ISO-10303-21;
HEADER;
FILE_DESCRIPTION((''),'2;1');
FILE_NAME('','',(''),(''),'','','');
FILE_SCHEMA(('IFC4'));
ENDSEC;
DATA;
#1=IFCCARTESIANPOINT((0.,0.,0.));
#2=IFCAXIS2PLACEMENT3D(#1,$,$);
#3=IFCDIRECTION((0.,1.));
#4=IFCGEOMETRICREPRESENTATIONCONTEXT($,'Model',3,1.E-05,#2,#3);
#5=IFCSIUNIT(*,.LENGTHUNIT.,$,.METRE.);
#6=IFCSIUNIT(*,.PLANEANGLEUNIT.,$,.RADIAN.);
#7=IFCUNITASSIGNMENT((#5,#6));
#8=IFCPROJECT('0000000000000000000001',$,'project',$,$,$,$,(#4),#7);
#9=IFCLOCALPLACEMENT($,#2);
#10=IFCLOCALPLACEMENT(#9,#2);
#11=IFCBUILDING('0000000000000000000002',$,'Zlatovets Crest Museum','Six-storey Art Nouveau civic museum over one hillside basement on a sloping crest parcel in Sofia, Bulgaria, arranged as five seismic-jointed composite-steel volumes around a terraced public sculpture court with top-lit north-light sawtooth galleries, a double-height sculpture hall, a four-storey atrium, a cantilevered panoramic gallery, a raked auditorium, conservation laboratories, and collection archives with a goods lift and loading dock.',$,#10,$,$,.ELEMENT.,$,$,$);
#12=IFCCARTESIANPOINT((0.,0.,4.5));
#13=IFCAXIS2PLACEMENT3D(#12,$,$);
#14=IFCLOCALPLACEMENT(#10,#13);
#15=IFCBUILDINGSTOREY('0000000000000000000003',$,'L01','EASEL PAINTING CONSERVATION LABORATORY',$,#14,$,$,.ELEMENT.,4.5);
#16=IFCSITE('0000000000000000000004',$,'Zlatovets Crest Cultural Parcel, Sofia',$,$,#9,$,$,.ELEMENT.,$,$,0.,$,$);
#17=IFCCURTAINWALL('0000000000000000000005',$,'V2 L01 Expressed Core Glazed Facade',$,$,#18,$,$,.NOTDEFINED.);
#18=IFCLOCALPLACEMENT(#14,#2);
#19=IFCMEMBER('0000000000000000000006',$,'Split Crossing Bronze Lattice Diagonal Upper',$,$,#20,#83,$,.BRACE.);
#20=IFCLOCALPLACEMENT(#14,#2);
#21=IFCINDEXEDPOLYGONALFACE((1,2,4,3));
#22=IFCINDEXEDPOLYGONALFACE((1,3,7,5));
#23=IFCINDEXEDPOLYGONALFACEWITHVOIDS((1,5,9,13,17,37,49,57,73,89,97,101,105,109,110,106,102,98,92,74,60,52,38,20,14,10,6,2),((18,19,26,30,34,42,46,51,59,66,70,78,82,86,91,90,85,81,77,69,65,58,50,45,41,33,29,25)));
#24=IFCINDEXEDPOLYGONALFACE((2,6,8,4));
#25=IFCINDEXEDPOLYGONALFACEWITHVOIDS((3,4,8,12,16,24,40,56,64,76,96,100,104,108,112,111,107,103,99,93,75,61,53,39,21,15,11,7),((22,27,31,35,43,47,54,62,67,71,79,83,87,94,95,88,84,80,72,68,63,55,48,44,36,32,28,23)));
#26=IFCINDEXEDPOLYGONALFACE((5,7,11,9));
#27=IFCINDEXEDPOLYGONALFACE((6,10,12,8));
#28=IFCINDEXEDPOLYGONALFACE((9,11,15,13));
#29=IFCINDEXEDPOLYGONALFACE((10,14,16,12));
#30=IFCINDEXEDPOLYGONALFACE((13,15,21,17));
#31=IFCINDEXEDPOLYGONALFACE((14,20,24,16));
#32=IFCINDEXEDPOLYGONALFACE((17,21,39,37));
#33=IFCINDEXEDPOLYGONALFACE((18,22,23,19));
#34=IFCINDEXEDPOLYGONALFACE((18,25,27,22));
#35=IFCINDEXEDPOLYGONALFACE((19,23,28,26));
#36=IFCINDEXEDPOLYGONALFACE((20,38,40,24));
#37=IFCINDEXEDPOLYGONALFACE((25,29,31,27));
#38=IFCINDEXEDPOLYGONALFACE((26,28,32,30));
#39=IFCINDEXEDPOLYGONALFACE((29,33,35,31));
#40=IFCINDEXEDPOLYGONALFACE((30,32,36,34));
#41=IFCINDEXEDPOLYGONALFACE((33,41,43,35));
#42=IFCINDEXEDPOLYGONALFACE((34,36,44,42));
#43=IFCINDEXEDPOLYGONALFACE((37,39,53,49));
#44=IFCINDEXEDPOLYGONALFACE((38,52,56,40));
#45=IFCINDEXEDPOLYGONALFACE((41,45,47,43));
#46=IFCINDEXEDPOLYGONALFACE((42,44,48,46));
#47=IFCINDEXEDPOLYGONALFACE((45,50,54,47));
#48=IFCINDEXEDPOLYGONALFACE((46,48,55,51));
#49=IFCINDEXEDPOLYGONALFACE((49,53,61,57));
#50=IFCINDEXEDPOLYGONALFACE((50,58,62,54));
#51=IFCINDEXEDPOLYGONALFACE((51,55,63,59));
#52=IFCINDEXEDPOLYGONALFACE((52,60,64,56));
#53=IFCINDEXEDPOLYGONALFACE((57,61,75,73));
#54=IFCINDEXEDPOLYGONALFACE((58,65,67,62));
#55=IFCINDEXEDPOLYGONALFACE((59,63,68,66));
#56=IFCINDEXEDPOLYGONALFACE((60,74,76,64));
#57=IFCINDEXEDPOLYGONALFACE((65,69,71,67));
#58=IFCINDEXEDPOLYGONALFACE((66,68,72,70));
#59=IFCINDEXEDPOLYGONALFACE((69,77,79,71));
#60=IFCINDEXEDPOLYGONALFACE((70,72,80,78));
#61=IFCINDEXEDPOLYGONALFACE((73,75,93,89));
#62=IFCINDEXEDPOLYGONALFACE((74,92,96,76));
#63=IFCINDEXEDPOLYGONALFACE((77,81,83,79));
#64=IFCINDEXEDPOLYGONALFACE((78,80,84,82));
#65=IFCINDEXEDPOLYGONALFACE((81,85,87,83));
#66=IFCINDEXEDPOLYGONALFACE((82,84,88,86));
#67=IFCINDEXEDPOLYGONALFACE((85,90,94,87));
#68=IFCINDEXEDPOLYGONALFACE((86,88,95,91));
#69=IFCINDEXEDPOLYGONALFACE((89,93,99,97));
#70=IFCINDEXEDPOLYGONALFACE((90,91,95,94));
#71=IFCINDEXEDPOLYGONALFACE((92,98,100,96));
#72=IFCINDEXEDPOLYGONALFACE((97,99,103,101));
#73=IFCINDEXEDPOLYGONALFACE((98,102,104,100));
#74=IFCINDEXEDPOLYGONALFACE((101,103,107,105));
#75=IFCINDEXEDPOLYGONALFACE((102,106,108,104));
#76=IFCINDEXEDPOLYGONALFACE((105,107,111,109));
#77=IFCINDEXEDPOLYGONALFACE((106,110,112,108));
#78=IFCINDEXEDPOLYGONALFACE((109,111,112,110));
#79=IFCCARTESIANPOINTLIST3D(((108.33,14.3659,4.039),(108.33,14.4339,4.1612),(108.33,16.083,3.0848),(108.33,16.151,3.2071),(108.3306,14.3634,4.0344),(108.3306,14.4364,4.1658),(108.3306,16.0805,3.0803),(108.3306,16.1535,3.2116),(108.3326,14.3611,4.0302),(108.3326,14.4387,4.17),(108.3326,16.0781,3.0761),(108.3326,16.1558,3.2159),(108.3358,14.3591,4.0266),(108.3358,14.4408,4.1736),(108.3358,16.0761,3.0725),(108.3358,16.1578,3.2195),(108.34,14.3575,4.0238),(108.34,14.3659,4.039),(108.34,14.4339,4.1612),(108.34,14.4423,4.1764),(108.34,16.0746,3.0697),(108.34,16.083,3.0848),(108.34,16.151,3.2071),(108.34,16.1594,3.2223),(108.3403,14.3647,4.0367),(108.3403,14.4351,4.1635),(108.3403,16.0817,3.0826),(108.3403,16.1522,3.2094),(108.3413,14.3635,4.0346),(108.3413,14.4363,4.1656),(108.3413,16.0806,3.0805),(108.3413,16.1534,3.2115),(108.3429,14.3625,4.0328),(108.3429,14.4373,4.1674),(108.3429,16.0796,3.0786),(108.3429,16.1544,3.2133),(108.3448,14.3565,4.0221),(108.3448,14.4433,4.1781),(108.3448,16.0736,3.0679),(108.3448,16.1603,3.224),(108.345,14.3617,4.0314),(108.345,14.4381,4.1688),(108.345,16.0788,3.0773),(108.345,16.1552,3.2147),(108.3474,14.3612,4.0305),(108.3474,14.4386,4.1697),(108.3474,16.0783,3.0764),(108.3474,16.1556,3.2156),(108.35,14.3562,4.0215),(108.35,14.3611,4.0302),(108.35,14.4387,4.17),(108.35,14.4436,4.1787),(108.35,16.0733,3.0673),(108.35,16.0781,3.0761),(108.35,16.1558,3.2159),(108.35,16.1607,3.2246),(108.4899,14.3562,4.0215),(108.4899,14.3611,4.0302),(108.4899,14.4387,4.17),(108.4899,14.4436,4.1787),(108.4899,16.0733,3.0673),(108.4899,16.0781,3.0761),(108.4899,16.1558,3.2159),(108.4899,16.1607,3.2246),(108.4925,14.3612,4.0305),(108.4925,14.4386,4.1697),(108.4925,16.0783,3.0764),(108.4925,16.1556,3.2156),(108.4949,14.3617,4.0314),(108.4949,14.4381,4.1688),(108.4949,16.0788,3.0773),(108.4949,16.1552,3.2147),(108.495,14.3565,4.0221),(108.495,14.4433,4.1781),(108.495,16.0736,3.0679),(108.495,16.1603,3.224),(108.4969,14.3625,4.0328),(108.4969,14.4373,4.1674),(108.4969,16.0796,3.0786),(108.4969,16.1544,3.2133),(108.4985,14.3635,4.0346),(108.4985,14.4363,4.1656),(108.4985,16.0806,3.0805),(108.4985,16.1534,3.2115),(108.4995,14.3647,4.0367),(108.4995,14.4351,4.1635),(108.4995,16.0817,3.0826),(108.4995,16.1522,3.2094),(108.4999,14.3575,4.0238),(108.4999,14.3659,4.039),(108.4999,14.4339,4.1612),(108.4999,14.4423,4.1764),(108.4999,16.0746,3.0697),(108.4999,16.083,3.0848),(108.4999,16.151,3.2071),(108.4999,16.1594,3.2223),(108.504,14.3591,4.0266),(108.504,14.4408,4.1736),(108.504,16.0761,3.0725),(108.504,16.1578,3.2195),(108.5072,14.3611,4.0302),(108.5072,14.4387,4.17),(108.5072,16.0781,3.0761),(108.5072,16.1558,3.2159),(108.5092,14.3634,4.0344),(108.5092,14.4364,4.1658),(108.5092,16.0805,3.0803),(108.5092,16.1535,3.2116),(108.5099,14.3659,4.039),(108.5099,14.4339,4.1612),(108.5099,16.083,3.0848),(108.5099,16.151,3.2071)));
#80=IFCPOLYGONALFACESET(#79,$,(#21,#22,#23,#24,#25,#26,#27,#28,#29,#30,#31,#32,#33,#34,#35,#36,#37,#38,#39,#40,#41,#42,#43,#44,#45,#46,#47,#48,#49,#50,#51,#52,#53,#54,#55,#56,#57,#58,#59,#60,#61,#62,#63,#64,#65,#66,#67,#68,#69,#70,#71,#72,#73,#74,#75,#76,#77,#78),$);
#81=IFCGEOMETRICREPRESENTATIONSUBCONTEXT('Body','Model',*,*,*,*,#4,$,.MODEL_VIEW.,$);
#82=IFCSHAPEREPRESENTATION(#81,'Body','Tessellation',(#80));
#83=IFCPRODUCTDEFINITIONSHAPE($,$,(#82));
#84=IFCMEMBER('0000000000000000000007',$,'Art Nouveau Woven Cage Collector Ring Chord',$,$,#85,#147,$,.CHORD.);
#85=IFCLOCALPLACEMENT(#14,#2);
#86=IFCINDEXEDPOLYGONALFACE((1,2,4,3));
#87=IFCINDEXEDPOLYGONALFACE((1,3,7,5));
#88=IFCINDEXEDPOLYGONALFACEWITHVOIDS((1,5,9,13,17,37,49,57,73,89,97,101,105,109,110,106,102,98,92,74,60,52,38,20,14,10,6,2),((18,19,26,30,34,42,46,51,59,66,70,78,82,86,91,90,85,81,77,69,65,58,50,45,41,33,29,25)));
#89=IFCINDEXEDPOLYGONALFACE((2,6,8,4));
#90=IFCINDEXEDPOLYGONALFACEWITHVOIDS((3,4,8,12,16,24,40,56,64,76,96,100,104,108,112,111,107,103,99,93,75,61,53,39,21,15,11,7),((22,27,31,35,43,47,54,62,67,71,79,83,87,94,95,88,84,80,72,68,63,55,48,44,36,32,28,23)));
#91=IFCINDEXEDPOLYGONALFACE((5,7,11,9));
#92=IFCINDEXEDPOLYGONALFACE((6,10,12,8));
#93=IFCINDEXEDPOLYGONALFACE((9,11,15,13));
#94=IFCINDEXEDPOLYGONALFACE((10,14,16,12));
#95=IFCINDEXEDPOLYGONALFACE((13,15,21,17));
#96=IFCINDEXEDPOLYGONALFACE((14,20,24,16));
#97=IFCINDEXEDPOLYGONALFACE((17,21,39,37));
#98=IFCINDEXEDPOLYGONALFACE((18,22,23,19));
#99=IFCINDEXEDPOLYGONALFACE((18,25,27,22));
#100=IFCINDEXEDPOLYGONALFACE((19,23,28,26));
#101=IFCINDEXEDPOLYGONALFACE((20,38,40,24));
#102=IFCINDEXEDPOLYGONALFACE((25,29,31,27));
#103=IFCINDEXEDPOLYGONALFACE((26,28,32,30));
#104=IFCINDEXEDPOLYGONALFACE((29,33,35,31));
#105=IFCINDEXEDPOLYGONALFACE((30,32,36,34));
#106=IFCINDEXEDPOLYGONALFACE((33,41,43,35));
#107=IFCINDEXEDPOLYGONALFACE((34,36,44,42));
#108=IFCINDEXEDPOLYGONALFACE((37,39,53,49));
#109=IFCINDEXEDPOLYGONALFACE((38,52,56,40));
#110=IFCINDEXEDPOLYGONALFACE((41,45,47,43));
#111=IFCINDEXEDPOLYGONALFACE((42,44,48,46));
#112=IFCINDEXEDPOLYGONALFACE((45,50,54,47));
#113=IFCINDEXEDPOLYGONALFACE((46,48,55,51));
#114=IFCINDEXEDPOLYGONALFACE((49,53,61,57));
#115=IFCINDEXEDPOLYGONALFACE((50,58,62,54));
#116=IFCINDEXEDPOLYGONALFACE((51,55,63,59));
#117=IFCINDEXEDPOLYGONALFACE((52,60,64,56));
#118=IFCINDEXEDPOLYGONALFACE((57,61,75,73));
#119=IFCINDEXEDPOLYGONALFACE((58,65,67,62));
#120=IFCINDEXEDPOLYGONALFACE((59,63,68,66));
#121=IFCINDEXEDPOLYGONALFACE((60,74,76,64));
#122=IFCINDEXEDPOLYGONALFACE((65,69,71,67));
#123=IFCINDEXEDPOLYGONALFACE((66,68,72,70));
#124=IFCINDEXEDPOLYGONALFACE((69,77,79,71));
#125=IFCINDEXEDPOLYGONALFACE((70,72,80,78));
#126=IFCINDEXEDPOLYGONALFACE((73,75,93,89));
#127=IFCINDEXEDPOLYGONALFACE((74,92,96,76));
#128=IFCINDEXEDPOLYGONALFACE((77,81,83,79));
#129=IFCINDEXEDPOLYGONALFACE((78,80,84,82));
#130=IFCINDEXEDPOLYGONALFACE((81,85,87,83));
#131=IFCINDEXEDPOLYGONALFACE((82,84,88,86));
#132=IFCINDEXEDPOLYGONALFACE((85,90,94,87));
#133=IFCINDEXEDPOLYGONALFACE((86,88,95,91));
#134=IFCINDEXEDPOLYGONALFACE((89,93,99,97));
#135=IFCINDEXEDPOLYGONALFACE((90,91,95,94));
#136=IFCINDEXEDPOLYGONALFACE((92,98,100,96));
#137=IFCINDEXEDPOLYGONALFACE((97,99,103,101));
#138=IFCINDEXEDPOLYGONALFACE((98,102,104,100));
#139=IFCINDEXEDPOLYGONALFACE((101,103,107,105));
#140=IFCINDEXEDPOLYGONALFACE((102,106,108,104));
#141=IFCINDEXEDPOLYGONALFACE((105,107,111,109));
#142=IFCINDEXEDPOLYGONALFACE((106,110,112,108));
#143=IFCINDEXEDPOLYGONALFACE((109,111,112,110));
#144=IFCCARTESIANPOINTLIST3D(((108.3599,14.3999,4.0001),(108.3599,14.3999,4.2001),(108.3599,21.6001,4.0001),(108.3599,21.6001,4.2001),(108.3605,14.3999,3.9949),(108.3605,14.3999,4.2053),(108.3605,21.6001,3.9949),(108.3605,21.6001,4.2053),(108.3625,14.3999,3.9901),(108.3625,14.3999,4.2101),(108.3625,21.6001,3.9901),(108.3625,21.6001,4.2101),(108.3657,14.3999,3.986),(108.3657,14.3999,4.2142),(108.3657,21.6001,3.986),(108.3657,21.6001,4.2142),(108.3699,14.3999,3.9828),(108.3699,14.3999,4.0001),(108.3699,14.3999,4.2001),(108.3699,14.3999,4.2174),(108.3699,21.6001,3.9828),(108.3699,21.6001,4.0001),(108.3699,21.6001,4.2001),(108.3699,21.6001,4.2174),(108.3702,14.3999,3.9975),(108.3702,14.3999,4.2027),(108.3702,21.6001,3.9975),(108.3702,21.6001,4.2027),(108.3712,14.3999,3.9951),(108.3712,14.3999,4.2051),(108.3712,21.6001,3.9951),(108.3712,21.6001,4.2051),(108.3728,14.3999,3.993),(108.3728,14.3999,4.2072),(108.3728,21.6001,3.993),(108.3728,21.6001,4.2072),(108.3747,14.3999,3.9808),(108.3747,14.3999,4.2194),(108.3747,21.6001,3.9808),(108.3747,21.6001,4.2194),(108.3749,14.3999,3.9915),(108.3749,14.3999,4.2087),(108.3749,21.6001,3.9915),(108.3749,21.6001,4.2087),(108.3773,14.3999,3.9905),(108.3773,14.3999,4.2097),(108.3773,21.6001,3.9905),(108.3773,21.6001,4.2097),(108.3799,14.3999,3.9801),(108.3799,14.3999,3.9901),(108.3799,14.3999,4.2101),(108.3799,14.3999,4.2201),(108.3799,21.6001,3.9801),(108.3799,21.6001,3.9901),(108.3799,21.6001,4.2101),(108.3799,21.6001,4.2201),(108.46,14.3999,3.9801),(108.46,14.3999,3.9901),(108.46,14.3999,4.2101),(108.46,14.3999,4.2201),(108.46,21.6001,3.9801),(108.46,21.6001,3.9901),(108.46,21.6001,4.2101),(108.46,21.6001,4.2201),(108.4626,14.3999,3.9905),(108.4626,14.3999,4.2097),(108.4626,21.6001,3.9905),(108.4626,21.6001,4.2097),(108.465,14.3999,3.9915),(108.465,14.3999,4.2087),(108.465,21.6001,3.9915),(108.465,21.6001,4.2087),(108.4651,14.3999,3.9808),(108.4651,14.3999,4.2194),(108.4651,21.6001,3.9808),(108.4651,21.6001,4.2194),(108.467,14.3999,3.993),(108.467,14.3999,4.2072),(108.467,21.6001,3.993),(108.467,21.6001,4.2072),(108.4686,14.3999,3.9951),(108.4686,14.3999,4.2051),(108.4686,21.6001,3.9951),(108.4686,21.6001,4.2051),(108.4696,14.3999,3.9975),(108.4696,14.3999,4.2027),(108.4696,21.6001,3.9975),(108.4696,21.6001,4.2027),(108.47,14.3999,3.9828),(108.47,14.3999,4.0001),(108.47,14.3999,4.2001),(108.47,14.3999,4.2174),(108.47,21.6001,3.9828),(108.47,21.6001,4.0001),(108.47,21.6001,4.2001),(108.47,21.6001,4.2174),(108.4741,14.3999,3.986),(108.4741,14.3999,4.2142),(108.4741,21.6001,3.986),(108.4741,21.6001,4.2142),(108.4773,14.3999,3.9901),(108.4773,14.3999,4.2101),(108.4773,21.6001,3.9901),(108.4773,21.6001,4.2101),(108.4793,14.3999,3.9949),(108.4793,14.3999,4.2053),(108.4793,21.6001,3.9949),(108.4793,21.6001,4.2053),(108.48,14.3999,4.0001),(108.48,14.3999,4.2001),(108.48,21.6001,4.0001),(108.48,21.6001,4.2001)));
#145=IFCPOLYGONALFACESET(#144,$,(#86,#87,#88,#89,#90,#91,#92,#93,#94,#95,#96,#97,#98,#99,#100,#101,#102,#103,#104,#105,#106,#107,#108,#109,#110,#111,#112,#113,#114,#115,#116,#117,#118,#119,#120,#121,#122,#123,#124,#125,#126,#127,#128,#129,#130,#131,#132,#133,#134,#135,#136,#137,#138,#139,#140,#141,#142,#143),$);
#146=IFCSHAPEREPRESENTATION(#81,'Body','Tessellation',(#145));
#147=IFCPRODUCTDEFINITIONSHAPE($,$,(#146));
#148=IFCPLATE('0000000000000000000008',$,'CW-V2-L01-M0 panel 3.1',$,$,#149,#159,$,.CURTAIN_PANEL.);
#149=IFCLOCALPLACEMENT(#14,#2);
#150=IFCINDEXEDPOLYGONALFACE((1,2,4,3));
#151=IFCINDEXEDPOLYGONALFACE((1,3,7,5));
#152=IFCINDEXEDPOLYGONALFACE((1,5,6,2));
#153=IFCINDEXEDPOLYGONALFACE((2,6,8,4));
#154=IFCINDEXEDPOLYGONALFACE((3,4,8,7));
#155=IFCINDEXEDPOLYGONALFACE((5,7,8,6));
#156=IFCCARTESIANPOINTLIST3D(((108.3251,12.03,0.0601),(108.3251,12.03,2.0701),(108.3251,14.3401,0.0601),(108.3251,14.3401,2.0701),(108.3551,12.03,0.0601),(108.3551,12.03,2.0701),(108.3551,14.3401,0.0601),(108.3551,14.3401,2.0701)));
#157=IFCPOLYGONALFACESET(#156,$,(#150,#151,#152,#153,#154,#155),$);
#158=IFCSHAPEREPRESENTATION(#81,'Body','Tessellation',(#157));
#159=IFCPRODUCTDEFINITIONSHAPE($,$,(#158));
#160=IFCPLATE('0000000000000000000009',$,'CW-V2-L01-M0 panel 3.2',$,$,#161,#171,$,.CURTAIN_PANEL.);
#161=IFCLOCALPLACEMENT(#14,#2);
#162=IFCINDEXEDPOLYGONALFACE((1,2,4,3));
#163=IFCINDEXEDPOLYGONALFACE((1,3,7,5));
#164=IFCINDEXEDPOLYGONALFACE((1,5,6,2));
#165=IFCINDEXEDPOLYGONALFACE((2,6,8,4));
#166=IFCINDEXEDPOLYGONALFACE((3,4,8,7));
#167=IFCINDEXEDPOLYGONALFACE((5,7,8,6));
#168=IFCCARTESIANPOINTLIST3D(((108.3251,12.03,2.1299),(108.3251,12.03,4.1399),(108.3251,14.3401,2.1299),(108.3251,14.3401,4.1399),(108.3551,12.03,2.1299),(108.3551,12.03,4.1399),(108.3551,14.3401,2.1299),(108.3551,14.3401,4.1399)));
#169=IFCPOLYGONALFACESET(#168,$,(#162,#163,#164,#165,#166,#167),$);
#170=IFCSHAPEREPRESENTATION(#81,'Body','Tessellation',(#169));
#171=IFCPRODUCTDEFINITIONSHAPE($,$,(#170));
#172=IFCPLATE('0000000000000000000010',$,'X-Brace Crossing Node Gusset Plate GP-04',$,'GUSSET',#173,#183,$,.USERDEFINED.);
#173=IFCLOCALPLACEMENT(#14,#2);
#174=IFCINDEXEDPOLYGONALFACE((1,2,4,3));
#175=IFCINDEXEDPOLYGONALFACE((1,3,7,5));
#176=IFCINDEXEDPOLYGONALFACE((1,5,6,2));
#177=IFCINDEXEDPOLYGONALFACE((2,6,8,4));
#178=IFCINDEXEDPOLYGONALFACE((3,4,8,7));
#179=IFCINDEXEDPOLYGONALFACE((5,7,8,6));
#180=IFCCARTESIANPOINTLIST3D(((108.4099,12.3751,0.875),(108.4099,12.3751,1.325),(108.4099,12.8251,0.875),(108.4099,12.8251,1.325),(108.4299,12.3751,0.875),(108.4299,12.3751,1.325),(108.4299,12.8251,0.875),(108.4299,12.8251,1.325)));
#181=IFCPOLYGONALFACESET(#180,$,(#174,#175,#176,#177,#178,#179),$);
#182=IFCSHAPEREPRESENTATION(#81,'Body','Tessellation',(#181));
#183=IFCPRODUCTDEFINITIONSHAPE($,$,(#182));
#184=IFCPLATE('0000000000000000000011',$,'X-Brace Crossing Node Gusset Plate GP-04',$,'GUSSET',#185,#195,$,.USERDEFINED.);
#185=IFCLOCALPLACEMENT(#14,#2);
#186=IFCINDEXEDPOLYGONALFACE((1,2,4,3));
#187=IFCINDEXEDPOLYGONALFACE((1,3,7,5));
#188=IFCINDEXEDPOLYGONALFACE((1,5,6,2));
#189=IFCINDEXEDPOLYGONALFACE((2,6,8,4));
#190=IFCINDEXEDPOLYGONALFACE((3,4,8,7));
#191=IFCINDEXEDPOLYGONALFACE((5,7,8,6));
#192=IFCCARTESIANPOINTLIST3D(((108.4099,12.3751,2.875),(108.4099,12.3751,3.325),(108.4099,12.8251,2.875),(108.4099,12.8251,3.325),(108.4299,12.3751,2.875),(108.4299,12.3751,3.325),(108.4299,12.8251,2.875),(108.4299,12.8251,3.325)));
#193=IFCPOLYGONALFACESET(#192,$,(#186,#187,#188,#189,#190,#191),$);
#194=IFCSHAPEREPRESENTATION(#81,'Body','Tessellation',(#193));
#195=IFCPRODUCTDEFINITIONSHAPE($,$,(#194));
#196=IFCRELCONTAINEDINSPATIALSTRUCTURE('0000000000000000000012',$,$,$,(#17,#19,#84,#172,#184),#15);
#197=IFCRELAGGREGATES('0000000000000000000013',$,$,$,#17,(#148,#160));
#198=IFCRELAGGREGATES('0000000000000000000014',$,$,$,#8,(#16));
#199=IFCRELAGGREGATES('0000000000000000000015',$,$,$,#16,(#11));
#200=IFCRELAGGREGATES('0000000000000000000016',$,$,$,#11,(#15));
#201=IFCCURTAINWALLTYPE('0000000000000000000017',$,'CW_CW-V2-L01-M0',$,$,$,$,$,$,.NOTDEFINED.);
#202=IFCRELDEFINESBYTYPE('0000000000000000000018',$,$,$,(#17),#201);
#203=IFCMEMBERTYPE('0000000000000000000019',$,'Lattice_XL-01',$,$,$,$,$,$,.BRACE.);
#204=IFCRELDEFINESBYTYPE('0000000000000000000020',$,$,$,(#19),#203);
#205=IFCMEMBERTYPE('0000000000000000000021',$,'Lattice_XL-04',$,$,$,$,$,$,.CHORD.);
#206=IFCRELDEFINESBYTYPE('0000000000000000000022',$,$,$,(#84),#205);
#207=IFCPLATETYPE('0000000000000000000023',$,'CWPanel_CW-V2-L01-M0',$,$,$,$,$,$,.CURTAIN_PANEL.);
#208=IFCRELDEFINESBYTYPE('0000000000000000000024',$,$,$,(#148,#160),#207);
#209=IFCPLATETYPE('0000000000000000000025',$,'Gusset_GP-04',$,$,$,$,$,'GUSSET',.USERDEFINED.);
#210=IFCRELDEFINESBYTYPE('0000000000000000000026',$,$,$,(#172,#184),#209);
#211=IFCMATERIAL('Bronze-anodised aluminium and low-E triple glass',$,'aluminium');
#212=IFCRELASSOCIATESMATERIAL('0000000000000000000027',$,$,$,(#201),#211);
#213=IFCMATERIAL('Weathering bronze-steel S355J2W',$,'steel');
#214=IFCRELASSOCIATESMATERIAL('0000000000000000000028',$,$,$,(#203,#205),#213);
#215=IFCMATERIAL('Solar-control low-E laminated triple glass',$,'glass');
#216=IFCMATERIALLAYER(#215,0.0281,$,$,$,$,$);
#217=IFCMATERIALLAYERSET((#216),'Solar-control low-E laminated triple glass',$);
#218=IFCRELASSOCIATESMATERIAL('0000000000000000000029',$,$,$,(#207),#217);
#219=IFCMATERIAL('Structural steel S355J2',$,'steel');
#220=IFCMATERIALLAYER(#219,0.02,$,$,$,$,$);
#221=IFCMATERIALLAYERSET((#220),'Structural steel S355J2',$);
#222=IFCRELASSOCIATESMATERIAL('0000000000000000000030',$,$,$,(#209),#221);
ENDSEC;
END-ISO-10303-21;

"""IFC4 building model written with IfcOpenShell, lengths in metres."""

from ifc_helpers import new_model, si_unit, direction, frame, origin, origin_2d, place, context, subcontext, project, spatial, rectangle, hollow_rectangle, extrude, material, layer, layer_set, material_profile, profile_set, type_object, element, aggregate, save


model = new_model("IFC4")

# Units and contexts
model_context = context("Model", 3, precision=1e-05, world=origin(), true_north=direction((0.0, 1.0)))
body_context = subcontext(model_context, "Body", "Model", "MODEL_VIEW")
ifc_project = project(units=[si_unit("LENGTHUNIT", "METRE"), si_unit("PLANEANGLEUNIT", "RADIAN")], contexts=[model_context])

# Site, building, storey
site_placement = place(None, origin())
site = spatial("IfcSite", under=ifc_project, at=site_placement, Name="Zlatovets Crest Cultural Parcel, Sofia", CompositionType="ELEMENT", RefElevation=0.0)
building_placement = place(site_placement, origin())
building = spatial("IfcBuilding", under=site, at=building_placement, Name="Zlatovets Crest Museum", Description="Six-storey Art Nouveau civic museum over one hillside basement on a sloping crest parcel in Sofia, Bulgaria, arranged as five seismic-jointed composite-steel volumes around a terraced public sculpture court with top-lit north-light sawtooth galleries, a double-height sculpture hall, a four-storey atrium, a cantilevered panoramic gallery, a raked auditorium, conservation laboratories, and collection archives with a goods lift and loading dock.", CompositionType="ELEMENT")
storey_placement = place(building_placement, frame((0.0, 0.0, 4.5)))
storey = spatial("IfcBuildingStorey", under=building, at=storey_placement, Name="L01", Description="EASEL PAINTING CONSERVATION LABORATORY", CompositionType="ELEMENT", Elevation=4.5)

# Shared definitions
ifc_material_1 = material(Name="Structural steel S355J2", Category="steel")

# Curtain wall
ifc_material_2 = material(Name="Bronze-anodised aluminium and low-E triple glass", Category="aluminium")
curtain_wall_type_1 = type_object("IfcCurtainWallType", Name="CW_CW-V2-L01-M0", PredefinedType="NOTDEFINED", material=ifc_material_2)
curtain_wall_1_placement = place(storey_placement, origin())
curtain_wall_1 = element("IfcCurtainWall", 1, at=curtain_wall_1_placement, inside=storey, type_object=curtain_wall_type_1, Name="V2 L01 Expressed Core Glazed Facade", PredefinedType="NOTDEFINED")

# Members
ifc_material_3 = material(Name="Weathering bronze-steel S355J2W", Category="steel")
ifc_material_profile_1 = material_profile(ifc_material_3, hollow_rectangle(XDim=0.1799, YDim=0.1799, WallThickness=0.01, InnerFilletRadius=0.01, OuterFilletRadius=0.02, at=origin_2d()), Name="SHS 180x180x10.0")
ifc_profile_set_1 = profile_set([ifc_material_profile_1], Name="Weathering bronze-steel S355J2W")
member_type_1 = type_object("IfcMemberType", Name="Lattice_XL-01", PredefinedType="BRACE", material=ifc_profile_set_1)
member_1_placement = place(storey_placement, frame((108.4199, 14.3999, 4.1001), z_axis=(0.0, 0.874116, -0.485717), x_axis=(-1.0, 0.0, 0.0)))
element("IfcMember", 2, at=member_1_placement, inside=storey, type_object=member_type_1, Name="Split Crossing Bronze Lattice Diagonal Upper", PredefinedType="BRACE", context=body_context, shape_type="SweptSolid", body=[
    extrude(hollow_rectangle(XDim=0.1799, YDim=0.1799, WallThickness=0.01, InnerFilletRadius=0.01, OuterFilletRadius=0.02, at=origin_2d()), origin(), (0.0, 0.0, 1.0), 1.9644),
])
ifc_material_profile_2 = material_profile(ifc_material_3, hollow_rectangle(XDim=0.1201, YDim=0.24, WallThickness=0.01, InnerFilletRadius=0.01, OuterFilletRadius=0.02, at=origin_2d()), Name="RHS 120x240x10.0")
ifc_profile_set_2 = profile_set([ifc_material_profile_2], Name="Weathering bronze-steel S355J2W")
member_type_2 = type_object("IfcMemberType", Name="Lattice_XL-04", PredefinedType="CHORD", material=ifc_profile_set_2)
member_2_placement = place(storey_placement, frame((108.4199, 14.3999, 4.1001), z_axis=(0.0, 1.0, 0.0), x_axis=(-1.0, 0.0, 0.0)))
element("IfcMember", 3, at=member_2_placement, inside=storey, type_object=member_type_2, Name="Art Nouveau Woven Cage Collector Ring Chord", PredefinedType="CHORD", context=body_context, shape_type="SweptSolid", body=[
    extrude(hollow_rectangle(XDim=0.1201, YDim=0.24, WallThickness=0.01, InnerFilletRadius=0.01, OuterFilletRadius=0.02, at=origin_2d()), origin(), (0.0, 0.0, 1.0), 7.2002),
])

# Plates
ifc_material_4 = material(Name="Solar-control low-E laminated triple glass", Category="glass")
ifc_layer_1 = layer(ifc_material_4, 0.0281)
ifc_layer_set_1 = layer_set([ifc_layer_1], Name="Solar-control low-E laminated triple glass")
plate_type_1 = type_object("IfcPlateType", Name="CWPanel_CW-V2-L01-M0", PredefinedType="CURTAIN_PANEL", material=ifc_layer_set_1)
plate_1_placement = place(storey_placement, frame((108.3401, 13.1851, 0.0601), z_axis=(0.0, 0.0, 1.0), x_axis=(0.0, 1.0, 0.0)))
plate_1 = element("IfcPlate", 4, at=plate_1_placement, type_object=plate_type_1, Name="CW-V2-L01-M0 panel 3.1", PredefinedType="CURTAIN_PANEL", context=body_context, shape_type="SweptSolid", body=[
    extrude(rectangle(XDim=2.3101, YDim=0.03, at=origin_2d()), origin(), (0.0, 0.0, 1.0), 2.01),
])
plate_2_placement = place(storey_placement, frame((108.3401, 13.1851, 2.1299), z_axis=(0.0, 0.0, 1.0), x_axis=(0.0, 1.0, 0.0)))
plate_2 = element("IfcPlate", 5, at=plate_2_placement, type_object=plate_type_1, Name="CW-V2-L01-M0 panel 3.2", PredefinedType="CURTAIN_PANEL", context=body_context, shape_type="SweptSolid", body=[
    extrude(rectangle(XDim=2.3101, YDim=0.03, at=origin_2d()), origin(), (0.0, 0.0, 1.0), 2.01),
])
aggregate(curtain_wall_1, [plate_1, plate_2])

# Plates
ifc_layer_2 = layer(ifc_material_1, 0.02)
ifc_layer_set_2 = layer_set([ifc_layer_2], Name="Structural steel S355J2")
plate_type_2 = type_object("IfcPlateType", Name="Gusset_GP-04", ElementType="GUSSET", PredefinedType="USERDEFINED", material=ifc_layer_set_2)
for number, where, z_axis, x_axis, name in (
    (6, (108.4199, 12.6001, 0.875), (0.0, 0.0, 1.0), (1.0, 0.0, 0.0), "X-Brace Crossing Node Gusset Plate GP-04"),
    (7, (108.4199, 12.6001, 2.875), (0.0, 0.0, 1.0), (1.0, 0.0, 0.0), "X-Brace Crossing Node Gusset Plate GP-04"),
):
    element("IfcPlate", number, at=place(storey_placement, frame(where, z_axis=z_axis, x_axis=x_axis)), inside=storey, type_object=plate_type_2, Name=name, ObjectType="GUSSET", PredefinedType="USERDEFINED", context=body_context, shape_type="SweptSolid", body=[
        extrude(rectangle(XDim=0.02, YDim=0.45, at=origin_2d()), origin(), (0.0, 0.0, 1.0), 0.45),
    ])

save(model, "model.ifc")
